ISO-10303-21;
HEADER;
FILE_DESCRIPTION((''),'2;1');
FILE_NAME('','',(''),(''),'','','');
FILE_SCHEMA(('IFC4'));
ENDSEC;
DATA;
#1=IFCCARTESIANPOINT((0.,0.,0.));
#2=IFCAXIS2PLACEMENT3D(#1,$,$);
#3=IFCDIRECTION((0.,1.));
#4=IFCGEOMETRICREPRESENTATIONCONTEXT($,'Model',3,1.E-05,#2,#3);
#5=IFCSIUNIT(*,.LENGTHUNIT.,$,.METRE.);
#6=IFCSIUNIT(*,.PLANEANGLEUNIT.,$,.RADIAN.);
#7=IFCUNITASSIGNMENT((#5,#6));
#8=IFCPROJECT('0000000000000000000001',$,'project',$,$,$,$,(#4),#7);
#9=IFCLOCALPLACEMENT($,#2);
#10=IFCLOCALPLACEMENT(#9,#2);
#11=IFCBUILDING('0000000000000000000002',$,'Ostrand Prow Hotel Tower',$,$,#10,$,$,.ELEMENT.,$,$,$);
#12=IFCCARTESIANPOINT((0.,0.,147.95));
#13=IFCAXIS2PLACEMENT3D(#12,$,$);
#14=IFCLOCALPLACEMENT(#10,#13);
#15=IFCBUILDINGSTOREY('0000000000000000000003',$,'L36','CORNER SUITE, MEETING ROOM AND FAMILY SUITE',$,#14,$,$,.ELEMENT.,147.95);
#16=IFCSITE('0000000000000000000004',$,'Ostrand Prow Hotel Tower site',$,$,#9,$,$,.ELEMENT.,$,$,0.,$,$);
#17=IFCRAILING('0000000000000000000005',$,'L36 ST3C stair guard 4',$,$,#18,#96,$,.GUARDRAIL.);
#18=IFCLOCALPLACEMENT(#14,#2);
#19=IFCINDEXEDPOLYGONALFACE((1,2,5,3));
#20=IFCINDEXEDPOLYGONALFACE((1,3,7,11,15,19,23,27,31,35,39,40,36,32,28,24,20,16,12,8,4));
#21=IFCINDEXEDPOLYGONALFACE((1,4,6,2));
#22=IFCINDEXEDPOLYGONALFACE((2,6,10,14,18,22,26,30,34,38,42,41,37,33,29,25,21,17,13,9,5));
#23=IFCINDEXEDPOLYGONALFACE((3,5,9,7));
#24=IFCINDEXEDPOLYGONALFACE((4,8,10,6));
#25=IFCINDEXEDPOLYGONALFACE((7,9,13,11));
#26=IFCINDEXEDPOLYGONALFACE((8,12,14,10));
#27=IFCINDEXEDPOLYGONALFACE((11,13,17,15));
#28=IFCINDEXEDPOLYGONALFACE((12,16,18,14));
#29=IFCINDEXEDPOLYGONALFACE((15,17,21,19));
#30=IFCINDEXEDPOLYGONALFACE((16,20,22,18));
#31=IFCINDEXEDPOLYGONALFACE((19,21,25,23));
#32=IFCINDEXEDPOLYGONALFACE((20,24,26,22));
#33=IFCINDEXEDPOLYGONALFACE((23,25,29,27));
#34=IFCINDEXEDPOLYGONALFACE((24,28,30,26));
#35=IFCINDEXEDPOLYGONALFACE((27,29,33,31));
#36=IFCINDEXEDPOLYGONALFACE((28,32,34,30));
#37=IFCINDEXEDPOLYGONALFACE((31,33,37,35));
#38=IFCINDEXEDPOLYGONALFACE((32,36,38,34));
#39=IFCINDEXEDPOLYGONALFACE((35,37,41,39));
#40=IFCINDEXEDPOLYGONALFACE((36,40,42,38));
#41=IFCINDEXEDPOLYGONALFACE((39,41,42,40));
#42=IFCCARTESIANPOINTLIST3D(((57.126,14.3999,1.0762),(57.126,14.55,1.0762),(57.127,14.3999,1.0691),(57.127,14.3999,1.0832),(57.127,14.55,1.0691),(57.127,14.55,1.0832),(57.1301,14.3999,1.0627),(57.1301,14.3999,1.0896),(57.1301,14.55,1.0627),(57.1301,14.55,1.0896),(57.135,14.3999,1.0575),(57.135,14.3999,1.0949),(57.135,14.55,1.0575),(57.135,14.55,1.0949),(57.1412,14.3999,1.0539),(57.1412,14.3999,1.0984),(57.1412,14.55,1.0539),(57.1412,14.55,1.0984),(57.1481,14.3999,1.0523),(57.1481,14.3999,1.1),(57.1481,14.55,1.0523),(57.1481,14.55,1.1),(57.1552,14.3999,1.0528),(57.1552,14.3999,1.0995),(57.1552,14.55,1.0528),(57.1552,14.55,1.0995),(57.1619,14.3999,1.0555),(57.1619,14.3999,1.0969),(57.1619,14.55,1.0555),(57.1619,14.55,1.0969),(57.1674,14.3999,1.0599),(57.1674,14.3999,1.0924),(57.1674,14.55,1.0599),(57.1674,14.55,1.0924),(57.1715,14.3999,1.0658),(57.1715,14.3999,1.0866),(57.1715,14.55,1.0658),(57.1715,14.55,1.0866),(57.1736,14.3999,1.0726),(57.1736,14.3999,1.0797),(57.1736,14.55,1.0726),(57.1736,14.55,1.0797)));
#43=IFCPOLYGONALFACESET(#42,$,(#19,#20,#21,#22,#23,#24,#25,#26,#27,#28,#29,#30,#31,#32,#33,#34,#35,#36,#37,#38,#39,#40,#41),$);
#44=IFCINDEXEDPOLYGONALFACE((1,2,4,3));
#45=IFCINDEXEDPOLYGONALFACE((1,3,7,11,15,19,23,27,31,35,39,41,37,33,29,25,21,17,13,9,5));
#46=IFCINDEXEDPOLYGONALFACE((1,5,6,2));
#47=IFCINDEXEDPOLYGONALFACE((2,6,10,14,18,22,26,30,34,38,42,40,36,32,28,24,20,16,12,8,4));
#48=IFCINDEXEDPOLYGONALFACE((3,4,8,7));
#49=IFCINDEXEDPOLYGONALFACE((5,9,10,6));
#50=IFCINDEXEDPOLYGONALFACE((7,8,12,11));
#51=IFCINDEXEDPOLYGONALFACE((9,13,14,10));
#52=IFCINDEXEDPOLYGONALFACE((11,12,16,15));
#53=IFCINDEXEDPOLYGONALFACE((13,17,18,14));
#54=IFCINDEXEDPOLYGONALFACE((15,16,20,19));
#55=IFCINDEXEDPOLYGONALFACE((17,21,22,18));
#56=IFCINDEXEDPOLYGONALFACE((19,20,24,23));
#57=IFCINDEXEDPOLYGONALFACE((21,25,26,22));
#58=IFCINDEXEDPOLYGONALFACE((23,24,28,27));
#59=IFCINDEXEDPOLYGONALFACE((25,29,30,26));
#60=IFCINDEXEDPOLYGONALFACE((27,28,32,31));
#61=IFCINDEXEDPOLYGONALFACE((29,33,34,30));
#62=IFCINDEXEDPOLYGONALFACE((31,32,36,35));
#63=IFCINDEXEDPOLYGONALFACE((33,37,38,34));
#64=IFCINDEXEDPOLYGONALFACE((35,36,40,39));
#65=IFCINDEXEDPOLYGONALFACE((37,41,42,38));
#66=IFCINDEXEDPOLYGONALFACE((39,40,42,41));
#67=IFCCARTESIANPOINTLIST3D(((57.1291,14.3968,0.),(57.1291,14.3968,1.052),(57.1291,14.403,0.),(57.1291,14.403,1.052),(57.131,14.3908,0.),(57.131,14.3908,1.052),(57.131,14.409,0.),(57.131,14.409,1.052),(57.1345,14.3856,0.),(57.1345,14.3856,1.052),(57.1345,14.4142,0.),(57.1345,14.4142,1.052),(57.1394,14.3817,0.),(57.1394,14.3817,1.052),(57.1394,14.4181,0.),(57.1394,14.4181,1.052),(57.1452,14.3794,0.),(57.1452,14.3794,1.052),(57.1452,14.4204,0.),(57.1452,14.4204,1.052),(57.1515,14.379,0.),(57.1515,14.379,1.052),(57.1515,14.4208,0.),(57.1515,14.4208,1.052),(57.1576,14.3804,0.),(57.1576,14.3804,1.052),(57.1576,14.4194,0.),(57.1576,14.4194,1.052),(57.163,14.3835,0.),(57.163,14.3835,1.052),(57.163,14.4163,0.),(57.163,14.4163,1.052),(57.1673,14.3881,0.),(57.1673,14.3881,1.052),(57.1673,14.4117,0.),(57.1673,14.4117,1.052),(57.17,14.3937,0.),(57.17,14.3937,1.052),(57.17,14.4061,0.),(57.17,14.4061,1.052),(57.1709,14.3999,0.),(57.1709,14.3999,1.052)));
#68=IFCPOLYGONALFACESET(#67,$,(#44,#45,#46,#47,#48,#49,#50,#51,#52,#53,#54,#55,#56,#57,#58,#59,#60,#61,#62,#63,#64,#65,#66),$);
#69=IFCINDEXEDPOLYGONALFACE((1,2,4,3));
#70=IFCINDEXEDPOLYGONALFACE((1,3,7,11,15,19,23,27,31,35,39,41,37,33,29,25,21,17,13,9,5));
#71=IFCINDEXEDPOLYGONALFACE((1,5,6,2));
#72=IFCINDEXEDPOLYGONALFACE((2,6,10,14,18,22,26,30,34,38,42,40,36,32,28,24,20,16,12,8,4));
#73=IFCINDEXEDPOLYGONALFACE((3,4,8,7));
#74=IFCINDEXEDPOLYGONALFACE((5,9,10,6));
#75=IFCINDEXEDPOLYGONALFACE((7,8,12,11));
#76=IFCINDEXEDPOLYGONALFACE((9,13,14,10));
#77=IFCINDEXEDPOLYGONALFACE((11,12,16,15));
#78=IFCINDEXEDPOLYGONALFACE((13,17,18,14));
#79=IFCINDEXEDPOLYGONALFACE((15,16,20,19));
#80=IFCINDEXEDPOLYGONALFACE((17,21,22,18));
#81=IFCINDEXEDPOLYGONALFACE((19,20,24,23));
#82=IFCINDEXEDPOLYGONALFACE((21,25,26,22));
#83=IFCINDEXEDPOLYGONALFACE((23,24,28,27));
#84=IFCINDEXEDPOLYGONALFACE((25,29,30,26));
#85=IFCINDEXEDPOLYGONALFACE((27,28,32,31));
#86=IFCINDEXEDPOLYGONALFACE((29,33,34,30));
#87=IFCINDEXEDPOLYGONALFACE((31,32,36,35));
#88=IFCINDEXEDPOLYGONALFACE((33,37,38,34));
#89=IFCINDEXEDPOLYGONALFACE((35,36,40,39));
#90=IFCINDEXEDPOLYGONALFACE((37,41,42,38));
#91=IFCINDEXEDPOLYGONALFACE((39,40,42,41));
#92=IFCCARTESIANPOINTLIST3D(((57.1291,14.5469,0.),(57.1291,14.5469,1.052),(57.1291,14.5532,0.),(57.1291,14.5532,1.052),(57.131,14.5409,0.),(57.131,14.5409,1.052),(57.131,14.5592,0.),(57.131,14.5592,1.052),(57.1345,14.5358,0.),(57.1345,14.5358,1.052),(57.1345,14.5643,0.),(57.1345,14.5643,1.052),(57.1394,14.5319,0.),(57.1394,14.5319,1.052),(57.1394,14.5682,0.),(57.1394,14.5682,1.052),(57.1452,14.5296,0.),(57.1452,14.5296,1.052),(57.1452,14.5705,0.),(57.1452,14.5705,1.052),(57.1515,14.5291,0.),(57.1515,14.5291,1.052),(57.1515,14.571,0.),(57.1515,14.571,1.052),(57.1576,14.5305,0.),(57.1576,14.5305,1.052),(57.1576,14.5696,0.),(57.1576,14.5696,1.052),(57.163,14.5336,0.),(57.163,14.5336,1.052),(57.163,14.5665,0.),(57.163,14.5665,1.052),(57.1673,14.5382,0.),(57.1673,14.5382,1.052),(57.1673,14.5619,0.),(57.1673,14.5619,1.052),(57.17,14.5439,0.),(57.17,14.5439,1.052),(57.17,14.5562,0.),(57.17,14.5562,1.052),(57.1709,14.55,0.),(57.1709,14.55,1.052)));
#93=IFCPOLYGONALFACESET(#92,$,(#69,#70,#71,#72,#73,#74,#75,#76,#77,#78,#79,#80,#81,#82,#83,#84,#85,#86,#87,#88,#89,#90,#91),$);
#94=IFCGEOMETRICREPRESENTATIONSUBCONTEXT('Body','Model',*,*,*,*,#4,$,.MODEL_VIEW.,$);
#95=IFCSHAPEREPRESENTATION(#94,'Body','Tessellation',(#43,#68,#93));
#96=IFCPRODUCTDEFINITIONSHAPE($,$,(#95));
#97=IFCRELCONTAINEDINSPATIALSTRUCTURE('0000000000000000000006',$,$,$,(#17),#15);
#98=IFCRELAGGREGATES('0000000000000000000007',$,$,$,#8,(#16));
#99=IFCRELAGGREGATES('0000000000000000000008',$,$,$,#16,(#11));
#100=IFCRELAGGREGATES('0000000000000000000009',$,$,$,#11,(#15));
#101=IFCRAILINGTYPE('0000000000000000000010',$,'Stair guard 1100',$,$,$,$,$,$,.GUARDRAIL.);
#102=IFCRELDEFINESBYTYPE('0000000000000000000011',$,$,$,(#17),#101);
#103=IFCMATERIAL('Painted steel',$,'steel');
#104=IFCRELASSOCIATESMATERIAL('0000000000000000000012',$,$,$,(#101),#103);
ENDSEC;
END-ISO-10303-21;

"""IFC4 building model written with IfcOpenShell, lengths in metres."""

from ifc_helpers import new_model, si_unit, direction, frame, origin, origin_2d, place, context, subcontext, project, spatial, circle, extrude, material, type_object, element, save


model = new_model("IFC4")

# Units and contexts
model_context = context("Model", 3, precision=1e-05, world=origin(), true_north=direction((0.0, 1.0)))
body_context = subcontext(model_context, "Body", "Model", "MODEL_VIEW")
ifc_project = project(units=[si_unit("LENGTHUNIT", "METRE"), si_unit("PLANEANGLEUNIT", "RADIAN")], contexts=[model_context])

# Site, building, storey
site_placement = place(None, origin())
site = spatial("IfcSite", under=ifc_project, at=site_placement, Name="Ostrand Prow Hotel Tower site", CompositionType="ELEMENT", RefElevation=0.0)
building_placement = place(site_placement, origin())
building = spatial("IfcBuilding", under=site, at=building_placement, Name="Ostrand Prow Hotel Tower", CompositionType="ELEMENT")
storey_placement = place(building_placement, frame((0.0, 0.0, 147.95)))
storey = spatial("IfcBuildingStorey", under=building, at=storey_placement, Name="L36", Description="CORNER SUITE, MEETING ROOM AND FAMILY SUITE", CompositionType="ELEMENT", Elevation=147.95)

# Railing
ifc_material_1 = material(Name="Painted steel", Category="steel")
railing_type_1 = type_object("IfcRailingType", Name="Stair guard 1100", PredefinedType="GUARDRAIL", material=ifc_material_1)
railing_1_placement = place(storey_placement, frame((57.1499, 14.3999, 0.0)))
element("IfcRailing", 1, at=railing_1_placement, inside=storey, type_object=railing_type_1, Name="L36 ST3C stair guard 4", PredefinedType="GUARDRAIL", context=body_context, shape_type="SweptSolid", body=[
    extrude(circle(Radius=0.0239, at=origin_2d()), frame((0.0, 0.0, 1.0762), z_axis=(0.0, 1.0, 0.0), x_axis=(-1.0, 0.0, 0.0)), (0.0, 0.0, 1.0), 0.1501),
    extrude(circle(Radius=0.021, at=origin_2d()), origin(), (0.0, 0.0, 1.0), 1.052),
    extrude(circle(Radius=0.021, at=origin_2d()), frame((0.0, 0.1501, 0.0)), (0.0, 0.0, 1.0), 1.052),
])

save(model, "model.ifc")
